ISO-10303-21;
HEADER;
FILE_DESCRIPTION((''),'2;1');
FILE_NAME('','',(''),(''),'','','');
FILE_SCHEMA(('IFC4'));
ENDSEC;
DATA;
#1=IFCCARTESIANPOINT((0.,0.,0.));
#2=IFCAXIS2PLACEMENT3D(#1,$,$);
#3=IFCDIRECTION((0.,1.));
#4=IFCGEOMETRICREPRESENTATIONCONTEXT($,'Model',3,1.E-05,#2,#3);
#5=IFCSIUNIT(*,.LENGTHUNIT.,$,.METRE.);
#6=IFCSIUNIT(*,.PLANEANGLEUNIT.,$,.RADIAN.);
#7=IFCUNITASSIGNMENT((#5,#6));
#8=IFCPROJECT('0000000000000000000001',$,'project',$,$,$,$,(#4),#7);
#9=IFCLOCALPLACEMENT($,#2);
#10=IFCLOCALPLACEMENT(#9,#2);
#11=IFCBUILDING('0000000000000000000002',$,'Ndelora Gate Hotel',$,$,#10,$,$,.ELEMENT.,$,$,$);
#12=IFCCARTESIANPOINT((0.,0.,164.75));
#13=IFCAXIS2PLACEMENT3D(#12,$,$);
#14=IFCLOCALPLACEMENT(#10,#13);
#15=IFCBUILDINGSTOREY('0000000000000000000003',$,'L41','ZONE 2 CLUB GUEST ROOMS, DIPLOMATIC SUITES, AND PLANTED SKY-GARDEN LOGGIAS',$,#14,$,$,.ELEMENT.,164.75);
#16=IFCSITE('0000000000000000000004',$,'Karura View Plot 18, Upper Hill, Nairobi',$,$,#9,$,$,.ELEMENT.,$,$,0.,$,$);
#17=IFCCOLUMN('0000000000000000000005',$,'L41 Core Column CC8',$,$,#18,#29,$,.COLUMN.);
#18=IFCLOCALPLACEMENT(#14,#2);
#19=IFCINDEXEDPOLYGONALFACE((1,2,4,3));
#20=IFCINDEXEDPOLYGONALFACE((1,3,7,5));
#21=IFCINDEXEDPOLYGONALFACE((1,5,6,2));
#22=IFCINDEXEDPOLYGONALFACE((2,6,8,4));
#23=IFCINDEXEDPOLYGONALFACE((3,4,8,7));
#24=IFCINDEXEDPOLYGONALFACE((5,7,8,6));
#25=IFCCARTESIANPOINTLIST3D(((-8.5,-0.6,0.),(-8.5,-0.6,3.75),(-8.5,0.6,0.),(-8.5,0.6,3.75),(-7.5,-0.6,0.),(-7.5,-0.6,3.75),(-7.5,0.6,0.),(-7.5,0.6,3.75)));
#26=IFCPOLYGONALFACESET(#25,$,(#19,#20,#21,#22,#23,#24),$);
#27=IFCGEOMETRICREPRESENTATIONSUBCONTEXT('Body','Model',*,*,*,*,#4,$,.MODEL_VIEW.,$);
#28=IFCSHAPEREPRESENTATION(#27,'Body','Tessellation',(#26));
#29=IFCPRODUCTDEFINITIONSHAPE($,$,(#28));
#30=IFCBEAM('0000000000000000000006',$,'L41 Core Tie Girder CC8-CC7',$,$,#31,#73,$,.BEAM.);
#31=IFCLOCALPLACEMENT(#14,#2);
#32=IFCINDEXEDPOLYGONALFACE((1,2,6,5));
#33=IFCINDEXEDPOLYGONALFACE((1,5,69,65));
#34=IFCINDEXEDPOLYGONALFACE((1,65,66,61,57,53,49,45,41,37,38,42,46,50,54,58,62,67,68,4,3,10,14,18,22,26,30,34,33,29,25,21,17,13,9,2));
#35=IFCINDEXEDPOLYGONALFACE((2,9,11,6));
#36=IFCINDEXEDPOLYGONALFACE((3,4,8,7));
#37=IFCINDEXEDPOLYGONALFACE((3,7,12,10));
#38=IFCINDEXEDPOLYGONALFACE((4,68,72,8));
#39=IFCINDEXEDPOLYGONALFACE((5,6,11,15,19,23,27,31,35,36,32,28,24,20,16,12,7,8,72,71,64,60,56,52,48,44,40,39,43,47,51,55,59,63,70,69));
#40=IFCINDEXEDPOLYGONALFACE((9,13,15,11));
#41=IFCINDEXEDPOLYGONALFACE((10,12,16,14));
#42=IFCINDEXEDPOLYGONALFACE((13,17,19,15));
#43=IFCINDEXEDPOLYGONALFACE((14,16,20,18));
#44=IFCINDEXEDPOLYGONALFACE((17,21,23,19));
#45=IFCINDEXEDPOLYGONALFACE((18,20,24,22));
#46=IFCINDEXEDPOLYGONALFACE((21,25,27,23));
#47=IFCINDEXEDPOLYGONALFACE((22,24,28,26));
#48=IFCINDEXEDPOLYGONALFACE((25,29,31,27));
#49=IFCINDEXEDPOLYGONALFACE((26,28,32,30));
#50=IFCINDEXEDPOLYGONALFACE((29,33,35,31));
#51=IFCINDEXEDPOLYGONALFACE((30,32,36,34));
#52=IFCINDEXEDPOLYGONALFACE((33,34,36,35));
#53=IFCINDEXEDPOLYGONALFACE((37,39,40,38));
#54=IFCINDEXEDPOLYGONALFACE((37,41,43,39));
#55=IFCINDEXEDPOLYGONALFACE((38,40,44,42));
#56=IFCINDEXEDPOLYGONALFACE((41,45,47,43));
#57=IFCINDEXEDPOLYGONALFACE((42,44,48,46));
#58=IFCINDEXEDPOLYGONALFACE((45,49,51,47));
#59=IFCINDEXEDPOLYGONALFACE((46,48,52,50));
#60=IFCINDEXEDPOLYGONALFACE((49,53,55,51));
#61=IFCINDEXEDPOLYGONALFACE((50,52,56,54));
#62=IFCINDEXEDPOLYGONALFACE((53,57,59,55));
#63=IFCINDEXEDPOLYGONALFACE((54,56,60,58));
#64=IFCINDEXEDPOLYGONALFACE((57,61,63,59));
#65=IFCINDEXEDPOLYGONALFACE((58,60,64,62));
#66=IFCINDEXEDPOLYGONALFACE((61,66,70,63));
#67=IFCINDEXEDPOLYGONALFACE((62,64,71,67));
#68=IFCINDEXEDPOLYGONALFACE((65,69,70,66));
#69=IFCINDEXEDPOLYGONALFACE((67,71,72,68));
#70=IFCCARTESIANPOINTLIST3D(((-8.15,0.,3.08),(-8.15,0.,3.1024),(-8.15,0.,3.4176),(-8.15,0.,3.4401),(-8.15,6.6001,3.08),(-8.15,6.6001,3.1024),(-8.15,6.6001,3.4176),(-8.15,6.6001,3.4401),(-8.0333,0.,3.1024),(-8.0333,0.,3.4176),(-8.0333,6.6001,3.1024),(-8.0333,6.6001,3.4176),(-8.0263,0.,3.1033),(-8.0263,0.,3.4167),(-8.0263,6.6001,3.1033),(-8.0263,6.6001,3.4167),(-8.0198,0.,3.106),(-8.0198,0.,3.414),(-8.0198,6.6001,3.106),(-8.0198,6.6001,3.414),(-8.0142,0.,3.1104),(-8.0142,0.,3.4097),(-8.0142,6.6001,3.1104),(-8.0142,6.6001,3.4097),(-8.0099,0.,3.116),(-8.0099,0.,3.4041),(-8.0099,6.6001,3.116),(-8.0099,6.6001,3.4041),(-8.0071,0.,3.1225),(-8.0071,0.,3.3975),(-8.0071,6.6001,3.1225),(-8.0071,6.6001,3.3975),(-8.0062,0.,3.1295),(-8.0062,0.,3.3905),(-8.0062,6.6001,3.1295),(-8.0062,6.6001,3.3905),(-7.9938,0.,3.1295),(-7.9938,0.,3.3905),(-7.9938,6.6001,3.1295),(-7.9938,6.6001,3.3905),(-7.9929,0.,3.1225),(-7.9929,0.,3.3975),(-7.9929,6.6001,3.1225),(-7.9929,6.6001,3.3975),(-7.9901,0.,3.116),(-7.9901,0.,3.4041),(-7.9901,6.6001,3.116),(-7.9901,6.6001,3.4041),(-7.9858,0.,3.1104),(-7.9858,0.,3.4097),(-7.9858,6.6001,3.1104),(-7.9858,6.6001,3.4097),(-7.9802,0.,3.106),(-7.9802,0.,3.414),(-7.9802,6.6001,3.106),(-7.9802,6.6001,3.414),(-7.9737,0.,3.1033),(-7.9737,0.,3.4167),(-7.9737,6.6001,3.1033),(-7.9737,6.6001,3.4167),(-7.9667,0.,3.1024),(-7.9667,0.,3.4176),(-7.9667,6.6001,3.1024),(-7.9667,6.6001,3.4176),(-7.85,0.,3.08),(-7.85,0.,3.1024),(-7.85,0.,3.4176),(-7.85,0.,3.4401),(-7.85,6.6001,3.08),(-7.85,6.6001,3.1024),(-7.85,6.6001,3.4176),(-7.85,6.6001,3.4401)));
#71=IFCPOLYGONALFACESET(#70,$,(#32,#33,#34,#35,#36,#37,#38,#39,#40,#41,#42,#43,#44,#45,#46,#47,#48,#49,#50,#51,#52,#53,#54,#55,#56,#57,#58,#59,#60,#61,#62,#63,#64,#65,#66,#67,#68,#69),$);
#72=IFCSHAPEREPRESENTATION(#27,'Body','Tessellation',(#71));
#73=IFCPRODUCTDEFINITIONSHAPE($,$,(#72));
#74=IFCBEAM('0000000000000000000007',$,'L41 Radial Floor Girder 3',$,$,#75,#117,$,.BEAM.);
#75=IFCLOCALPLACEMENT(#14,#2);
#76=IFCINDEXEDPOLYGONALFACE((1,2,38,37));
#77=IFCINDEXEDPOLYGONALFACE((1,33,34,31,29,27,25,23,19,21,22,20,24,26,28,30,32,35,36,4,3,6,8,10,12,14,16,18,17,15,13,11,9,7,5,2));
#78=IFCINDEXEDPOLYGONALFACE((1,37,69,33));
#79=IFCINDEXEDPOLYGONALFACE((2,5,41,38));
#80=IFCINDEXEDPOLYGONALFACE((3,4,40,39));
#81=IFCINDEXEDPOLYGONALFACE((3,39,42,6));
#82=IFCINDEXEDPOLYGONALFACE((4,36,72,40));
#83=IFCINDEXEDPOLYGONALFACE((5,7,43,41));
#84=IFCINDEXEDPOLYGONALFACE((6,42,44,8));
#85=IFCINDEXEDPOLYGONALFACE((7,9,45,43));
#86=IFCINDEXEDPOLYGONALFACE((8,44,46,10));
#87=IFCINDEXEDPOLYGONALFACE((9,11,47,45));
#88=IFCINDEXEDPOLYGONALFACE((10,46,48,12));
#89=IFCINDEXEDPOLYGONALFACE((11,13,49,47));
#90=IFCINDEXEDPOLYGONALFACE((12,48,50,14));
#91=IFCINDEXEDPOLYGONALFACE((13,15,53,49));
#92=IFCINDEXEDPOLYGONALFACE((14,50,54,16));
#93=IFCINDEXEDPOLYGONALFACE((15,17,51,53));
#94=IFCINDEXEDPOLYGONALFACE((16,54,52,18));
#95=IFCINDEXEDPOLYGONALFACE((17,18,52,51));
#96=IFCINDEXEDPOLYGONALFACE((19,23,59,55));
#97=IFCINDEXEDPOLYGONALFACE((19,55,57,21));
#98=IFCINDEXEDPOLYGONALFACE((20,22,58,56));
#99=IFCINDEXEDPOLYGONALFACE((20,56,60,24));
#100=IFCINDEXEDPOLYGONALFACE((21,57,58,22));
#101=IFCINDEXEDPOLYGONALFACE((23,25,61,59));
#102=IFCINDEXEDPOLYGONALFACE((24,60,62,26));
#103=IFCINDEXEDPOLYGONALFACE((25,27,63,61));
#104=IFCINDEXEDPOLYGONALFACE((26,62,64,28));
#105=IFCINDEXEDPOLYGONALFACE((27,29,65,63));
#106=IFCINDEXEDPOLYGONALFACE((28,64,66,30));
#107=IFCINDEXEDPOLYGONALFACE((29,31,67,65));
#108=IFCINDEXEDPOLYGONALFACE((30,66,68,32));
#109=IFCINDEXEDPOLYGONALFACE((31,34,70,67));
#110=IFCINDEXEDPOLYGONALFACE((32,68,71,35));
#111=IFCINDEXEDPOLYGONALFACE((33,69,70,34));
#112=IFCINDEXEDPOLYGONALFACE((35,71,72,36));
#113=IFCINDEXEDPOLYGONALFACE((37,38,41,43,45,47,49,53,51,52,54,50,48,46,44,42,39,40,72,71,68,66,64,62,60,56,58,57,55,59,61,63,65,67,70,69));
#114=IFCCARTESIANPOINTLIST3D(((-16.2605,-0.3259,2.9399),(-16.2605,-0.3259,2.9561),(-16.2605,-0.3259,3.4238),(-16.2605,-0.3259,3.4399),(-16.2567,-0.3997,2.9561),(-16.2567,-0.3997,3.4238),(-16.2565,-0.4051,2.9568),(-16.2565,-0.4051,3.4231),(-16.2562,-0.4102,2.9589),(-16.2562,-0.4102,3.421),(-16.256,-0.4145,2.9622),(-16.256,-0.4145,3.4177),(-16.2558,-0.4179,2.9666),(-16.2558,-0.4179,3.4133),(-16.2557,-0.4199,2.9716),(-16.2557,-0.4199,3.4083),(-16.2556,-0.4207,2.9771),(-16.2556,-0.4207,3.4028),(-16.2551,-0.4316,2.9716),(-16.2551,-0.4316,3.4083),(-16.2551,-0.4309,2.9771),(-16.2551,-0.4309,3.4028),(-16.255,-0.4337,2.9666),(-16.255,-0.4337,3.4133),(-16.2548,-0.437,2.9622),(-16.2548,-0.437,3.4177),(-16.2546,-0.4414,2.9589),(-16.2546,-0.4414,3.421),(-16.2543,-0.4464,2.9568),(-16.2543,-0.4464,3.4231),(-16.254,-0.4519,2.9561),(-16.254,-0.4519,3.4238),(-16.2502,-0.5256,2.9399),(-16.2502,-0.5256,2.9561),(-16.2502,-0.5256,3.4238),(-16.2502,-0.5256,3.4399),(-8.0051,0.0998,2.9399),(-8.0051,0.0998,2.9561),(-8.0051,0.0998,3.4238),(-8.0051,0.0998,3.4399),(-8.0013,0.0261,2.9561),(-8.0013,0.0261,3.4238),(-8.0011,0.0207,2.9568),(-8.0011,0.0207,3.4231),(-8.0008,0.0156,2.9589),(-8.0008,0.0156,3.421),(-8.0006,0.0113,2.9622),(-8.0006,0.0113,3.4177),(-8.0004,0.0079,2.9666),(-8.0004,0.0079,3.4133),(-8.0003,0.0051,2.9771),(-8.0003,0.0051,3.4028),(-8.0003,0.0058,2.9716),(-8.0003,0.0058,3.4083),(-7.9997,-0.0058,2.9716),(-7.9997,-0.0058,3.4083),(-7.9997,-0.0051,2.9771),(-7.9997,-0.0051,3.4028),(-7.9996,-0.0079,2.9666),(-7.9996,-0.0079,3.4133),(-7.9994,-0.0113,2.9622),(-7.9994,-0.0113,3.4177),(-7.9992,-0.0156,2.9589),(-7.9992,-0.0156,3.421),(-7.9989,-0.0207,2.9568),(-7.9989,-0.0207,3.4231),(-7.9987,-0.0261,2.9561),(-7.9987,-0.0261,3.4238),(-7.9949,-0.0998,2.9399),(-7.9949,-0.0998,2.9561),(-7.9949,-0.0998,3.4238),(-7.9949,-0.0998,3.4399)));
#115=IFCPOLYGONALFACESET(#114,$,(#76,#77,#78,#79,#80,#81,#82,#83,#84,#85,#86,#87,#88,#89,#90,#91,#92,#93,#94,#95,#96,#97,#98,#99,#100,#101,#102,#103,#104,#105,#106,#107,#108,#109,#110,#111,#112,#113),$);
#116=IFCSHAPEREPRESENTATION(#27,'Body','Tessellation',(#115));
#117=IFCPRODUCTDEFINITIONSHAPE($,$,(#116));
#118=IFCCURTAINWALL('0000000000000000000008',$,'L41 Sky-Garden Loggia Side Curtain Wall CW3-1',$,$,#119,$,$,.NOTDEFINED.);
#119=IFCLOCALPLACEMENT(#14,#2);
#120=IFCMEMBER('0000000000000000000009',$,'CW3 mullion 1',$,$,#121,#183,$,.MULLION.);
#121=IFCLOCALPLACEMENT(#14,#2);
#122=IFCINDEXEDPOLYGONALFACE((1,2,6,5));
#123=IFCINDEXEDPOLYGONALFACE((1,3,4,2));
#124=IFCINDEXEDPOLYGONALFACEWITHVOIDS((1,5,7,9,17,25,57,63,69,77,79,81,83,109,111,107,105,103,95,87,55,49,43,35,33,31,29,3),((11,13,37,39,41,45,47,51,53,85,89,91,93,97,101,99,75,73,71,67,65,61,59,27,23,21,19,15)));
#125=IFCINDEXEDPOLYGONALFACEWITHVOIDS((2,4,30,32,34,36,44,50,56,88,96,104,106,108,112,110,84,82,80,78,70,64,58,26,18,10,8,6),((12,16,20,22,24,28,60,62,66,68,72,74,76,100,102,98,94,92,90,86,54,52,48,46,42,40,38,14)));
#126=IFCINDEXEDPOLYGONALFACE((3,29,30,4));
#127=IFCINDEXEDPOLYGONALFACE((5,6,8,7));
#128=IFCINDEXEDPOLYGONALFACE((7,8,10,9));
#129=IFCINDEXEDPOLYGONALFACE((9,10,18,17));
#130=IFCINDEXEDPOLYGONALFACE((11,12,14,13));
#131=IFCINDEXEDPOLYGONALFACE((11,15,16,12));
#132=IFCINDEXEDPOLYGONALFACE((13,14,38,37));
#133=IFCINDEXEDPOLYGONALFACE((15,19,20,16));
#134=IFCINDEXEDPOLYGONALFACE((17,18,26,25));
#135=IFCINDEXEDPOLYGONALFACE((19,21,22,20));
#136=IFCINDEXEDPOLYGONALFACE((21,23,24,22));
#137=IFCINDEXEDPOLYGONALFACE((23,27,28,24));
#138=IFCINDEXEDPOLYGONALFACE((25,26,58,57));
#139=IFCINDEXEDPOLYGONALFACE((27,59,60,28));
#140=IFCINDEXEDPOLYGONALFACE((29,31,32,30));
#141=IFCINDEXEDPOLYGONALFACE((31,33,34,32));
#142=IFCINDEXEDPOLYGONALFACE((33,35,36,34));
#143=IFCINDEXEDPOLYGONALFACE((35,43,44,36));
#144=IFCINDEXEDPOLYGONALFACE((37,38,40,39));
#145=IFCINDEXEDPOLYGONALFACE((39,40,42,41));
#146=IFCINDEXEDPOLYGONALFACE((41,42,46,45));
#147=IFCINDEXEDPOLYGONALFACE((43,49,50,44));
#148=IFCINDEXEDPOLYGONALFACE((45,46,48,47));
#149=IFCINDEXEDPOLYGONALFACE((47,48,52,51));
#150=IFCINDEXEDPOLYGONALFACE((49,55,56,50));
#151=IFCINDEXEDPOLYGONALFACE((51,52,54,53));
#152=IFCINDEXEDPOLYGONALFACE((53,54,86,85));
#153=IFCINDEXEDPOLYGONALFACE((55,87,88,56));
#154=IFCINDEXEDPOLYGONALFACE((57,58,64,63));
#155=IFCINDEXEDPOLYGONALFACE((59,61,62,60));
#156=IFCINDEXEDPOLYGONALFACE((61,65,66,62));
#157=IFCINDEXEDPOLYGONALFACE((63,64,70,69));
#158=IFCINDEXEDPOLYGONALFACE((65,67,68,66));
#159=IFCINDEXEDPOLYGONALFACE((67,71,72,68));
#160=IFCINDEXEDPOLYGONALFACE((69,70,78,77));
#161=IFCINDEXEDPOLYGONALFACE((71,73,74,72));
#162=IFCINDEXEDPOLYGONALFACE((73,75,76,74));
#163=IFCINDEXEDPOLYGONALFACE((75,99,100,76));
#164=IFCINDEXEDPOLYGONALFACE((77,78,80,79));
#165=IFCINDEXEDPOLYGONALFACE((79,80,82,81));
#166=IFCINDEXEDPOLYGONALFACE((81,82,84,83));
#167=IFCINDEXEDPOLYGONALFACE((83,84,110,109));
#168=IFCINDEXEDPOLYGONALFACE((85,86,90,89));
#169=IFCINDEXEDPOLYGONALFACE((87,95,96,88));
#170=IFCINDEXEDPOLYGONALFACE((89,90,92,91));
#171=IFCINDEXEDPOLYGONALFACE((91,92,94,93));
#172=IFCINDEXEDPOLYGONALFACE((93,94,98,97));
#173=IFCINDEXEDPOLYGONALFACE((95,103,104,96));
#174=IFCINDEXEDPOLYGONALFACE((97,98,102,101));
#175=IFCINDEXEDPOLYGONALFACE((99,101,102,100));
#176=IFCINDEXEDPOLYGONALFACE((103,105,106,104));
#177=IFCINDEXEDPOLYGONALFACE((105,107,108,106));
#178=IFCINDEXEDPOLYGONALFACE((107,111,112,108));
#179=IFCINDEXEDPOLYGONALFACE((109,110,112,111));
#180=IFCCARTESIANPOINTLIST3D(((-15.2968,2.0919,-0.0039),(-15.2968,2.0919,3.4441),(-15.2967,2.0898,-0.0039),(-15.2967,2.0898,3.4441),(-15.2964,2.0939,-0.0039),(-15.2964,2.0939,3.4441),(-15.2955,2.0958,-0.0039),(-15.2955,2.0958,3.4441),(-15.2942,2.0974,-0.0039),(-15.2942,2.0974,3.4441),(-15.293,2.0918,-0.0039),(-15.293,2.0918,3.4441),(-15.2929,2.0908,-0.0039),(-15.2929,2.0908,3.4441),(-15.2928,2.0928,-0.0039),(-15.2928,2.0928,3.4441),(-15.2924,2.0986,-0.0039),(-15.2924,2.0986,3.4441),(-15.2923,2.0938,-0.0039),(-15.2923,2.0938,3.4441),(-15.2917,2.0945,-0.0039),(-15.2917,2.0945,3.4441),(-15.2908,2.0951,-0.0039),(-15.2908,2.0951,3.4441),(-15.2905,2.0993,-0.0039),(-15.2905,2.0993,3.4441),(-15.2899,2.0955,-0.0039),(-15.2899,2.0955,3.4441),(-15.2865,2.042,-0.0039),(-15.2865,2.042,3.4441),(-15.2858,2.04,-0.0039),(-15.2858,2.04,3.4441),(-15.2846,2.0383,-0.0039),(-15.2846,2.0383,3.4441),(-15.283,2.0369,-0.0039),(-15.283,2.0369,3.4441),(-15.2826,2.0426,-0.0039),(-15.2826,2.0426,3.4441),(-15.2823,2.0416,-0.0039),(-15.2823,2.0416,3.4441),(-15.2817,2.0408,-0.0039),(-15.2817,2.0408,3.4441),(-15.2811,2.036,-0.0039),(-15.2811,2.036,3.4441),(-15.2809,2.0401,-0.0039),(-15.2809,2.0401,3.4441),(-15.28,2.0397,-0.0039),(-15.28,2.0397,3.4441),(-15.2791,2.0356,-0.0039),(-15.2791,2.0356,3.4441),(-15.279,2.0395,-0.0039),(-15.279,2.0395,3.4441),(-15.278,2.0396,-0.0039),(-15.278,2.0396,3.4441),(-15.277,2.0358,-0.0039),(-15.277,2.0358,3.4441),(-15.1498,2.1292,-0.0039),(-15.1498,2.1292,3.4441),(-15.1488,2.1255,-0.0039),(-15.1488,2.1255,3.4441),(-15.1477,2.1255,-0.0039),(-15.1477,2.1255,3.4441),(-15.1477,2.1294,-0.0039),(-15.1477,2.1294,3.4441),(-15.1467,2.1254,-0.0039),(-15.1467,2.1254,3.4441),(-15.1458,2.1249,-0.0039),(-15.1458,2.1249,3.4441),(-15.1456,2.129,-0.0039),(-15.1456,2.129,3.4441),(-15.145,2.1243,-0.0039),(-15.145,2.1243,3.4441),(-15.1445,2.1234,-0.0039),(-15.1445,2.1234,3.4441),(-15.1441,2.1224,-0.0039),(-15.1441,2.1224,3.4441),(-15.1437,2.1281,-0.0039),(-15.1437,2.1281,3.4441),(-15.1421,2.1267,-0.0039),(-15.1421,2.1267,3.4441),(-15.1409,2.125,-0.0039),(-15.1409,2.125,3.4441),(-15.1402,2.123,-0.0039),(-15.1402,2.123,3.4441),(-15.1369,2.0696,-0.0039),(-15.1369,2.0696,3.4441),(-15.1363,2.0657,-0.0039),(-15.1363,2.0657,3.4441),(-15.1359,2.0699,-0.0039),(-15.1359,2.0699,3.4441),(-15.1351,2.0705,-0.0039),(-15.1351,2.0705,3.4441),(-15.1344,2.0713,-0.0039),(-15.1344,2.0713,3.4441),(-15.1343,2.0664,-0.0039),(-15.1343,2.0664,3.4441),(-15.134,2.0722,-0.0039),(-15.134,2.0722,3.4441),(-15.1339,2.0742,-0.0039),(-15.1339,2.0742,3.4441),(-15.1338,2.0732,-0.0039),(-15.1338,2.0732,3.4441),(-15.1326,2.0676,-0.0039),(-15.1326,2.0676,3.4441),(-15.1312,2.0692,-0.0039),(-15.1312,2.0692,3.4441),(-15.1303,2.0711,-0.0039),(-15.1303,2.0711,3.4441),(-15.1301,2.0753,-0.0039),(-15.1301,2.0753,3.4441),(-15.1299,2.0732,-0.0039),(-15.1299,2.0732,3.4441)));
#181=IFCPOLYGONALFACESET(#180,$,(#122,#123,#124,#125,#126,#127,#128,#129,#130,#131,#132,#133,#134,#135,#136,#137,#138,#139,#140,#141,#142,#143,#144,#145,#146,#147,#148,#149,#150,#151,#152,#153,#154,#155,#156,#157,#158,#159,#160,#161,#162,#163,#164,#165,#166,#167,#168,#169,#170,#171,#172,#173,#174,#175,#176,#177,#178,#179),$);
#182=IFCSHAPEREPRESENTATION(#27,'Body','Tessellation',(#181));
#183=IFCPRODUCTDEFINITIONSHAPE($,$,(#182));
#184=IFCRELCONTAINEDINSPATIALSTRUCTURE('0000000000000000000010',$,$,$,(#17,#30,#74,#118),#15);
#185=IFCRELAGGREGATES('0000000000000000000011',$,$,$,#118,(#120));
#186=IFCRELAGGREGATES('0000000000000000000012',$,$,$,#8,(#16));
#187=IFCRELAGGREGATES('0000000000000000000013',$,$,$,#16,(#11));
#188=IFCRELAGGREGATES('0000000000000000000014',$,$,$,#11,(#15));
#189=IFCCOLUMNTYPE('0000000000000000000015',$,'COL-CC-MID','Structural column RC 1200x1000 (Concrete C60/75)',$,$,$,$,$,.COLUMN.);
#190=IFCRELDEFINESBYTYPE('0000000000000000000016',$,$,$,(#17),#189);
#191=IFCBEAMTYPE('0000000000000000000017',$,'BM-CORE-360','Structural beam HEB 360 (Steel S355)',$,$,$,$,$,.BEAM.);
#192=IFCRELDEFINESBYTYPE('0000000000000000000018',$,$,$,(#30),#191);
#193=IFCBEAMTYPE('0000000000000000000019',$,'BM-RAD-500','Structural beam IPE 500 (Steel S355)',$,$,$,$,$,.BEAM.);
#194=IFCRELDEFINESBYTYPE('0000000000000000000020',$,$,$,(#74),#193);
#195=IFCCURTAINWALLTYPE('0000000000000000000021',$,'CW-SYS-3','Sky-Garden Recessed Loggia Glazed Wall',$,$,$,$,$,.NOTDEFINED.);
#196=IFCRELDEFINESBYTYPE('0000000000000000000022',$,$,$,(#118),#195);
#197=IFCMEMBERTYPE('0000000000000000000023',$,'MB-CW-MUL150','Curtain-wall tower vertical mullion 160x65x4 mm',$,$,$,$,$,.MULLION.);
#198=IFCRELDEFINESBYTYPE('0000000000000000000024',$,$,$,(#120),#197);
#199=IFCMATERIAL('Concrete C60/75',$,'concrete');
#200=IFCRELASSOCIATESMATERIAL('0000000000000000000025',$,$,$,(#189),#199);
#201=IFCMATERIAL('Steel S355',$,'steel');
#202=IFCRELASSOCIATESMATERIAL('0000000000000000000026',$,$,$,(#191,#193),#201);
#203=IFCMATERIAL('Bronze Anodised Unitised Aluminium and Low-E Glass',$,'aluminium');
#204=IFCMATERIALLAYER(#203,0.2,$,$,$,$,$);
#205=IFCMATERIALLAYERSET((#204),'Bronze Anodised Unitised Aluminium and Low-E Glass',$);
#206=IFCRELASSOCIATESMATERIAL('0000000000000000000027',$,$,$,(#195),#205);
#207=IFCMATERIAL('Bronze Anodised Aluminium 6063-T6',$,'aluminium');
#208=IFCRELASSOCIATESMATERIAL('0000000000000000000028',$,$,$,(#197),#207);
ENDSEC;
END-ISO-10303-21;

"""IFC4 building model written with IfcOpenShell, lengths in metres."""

from ifc_helpers import new_model, si_unit, direction, frame, origin, origin_2d, place, context, subcontext, project, spatial, rectangle, hollow_rectangle, i_section, extrude, material, layer, layer_set, material_profile, profile_set, type_object, element, aggregate, save


model = new_model("IFC4")

# Units and contexts
model_context = context("Model", 3, precision=1e-05, world=origin(), true_north=direction((0.0, 1.0)))
body_context = subcontext(model_context, "Body", "Model", "MODEL_VIEW")
ifc_project = project(units=[si_unit("LENGTHUNIT", "METRE"), si_unit("PLANEANGLEUNIT", "RADIAN")], contexts=[model_context])

# Site, building, storey
site_placement = place(None, origin())
site = spatial("IfcSite", under=ifc_project, at=site_placement, Name="Karura View Plot 18, Upper Hill, Nairobi", CompositionType="ELEMENT", RefElevation=0.0)
building_placement = place(site_placement, origin())
building = spatial("IfcBuilding", under=site, at=building_placement, Name="Ndelora Gate Hotel", CompositionType="ELEMENT")
storey_placement = place(building_placement, frame((0.0, 0.0, 164.75)))
storey = spatial("IfcBuildingStorey", under=building, at=storey_placement, Name="L41", Description="ZONE 2 CLUB GUEST ROOMS, DIPLOMATIC SUITES, AND PLANTED SKY-GARDEN LOGGIAS", CompositionType="ELEMENT", Elevation=164.75)

# Column
ifc_material_1 = material(Name="Concrete C60/75", Category="concrete")
ifc_material_profile_1 = material_profile(ifc_material_1, rectangle(XDim=1.0, YDim=1.2, at=origin_2d()), Name="RC 1200x1000")
ifc_profile_set_1 = profile_set([ifc_material_profile_1], Name="Concrete C60/75")
column_type = type_object("IfcColumnType", Name="COL-CC-MID", Description="Structural column RC 1200x1000 (Concrete C60/75)", PredefinedType="COLUMN", material=ifc_profile_set_1)
column_placement = place(storey_placement, frame((-8.0, 0.0, 0.0), z_axis=(0.0, 0.0, 1.0), x_axis=(1.0, 0.0, 0.0)))
element("IfcColumn", 1, at=column_placement, inside=storey, type_object=column_type, Name="L41 Core Column CC8", PredefinedType="COLUMN", context=body_context, shape_type="SweptSolid", body=[
    extrude(rectangle(XDim=1.0, YDim=1.2, at=origin_2d()), origin(), (0.0, 0.0, 1.0), 3.75),
])

# Beams
ifc_material_2 = material(Name="Steel S355", Category="steel")
ifc_material_profile_2 = material_profile(ifc_material_2, i_section(OverallWidth=0.3, OverallDepth=0.3601, WebThickness=0.0125, FlangeThickness=0.0225, FilletRadius=0.0271, at=origin_2d()), Name="HEB 360")
ifc_profile_set_2 = profile_set([ifc_material_profile_2], Name="Steel S355")
beam_type_1 = type_object("IfcBeamType", Name="BM-CORE-360", Description="Structural beam HEB 360 (Steel S355)", PredefinedType="BEAM", material=ifc_profile_set_2)
beam_1_placement = place(storey_placement, frame((-8.0, 0.0, 3.26), z_axis=(0.0, 1.0, 0.0), x_axis=(-1.0, 0.0, 0.0)))
element("IfcBeam", 2, at=beam_1_placement, inside=storey, type_object=beam_type_1, Name="L41 Core Tie Girder CC8-CC7", PredefinedType="BEAM", context=body_context, shape_type="SweptSolid", body=[
    extrude(i_section(OverallWidth=0.3, OverallDepth=0.3601, WebThickness=0.0125, FlangeThickness=0.0225, FilletRadius=0.0271, at=origin_2d()), origin(), (0.0, 0.0, 1.0), 6.6001),
])
ifc_material_profile_3 = material_profile(ifc_material_2, i_section(OverallWidth=0.2, OverallDepth=0.5, WebThickness=0.0103, FlangeThickness=0.0161, FilletRadius=0.021, at=origin_2d()), Name="IPE 500")
ifc_profile_set_3 = profile_set([ifc_material_profile_3], Name="Steel S355")
beam_type_2 = type_object("IfcBeamType", Name="BM-RAD-500", Description="Structural beam IPE 500 (Steel S355)", PredefinedType="BEAM", material=ifc_profile_set_3)
beam_2_placement = place(storey_placement, frame((-8.0, 0.0, 3.1899), z_axis=(-0.998673, -0.051508, 0.0), x_axis=(0.051508, -0.998673, 0.0)))
element("IfcBeam", 3, at=beam_2_placement, inside=storey, type_object=beam_type_2, Name="L41 Radial Floor Girder 3", PredefinedType="BEAM", context=body_context, shape_type="SweptSolid", body=[
    extrude(i_section(OverallWidth=0.2, OverallDepth=0.5, WebThickness=0.0103, FlangeThickness=0.0161, FilletRadius=0.021, at=origin_2d()), origin(), (0.0, 0.0, 1.0), 8.2664),
])

# Curtain wall, member
ifc_material_3 = material(Name="Bronze Anodised Unitised Aluminium and Low-E Glass", Category="aluminium")
ifc_layer_1 = layer(ifc_material_3, 0.2)
ifc_layer_set_1 = layer_set([ifc_layer_1], Name="Bronze Anodised Unitised Aluminium and Low-E Glass")
curtain_wall_type = type_object("IfcCurtainWallType", Name="CW-SYS-3", Description="Sky-Garden Recessed Loggia Glazed Wall", PredefinedType="NOTDEFINED", material=ifc_layer_set_1)
curtain_wall_placement = place(storey_placement, origin())
curtain_wall = element("IfcCurtainWall", 4, at=curtain_wall_placement, inside=storey, type_object=curtain_wall_type, Name="L41 Sky-Garden Loggia Side Curtain Wall CW3-1", PredefinedType="NOTDEFINED")
ifc_material_4 = material(Name="Bronze Anodised Aluminium 6063-T6", Category="aluminium")
ifc_material_profile_4 = material_profile(ifc_material_4, hollow_rectangle(XDim=0.0649, YDim=0.1599, WallThickness=0.0039, InnerFilletRadius=0.0039, OuterFilletRadius=0.0081, at=origin_2d()), Name="ALU 160x65x4")
ifc_profile_set_4 = profile_set([ifc_material_profile_4], Name="Bronze Anodised Aluminium 6063-T6")
member_type_1 = type_object("IfcMemberType", Name="MB-CW-MUL150", Description="Curtain-wall tower vertical mullion 160x65x4 mm", PredefinedType="MULLION", material=ifc_profile_set_4)
member_1_placement = place(storey_placement, frame((-15.2134, 2.0825, -0.0039), z_axis=(0.0, 0.0, 1.0), x_axis=(0.207902, -0.97815, 0.0)))
member_1 = element("IfcMember", 5, at=member_1_placement, type_object=member_type_1, Name="CW3 mullion 1", PredefinedType="MULLION", context=body_context, shape_type="SweptSolid", body=[
    extrude(hollow_rectangle(XDim=0.0649, YDim=0.1599, WallThickness=0.0039, InnerFilletRadius=0.0039, OuterFilletRadius=0.0081, at=origin_2d()), origin(), (0.0, 0.0, 1.0), 3.448),
])
aggregate(curtain_wall, [member_1])

save(model, "model.ifc")
